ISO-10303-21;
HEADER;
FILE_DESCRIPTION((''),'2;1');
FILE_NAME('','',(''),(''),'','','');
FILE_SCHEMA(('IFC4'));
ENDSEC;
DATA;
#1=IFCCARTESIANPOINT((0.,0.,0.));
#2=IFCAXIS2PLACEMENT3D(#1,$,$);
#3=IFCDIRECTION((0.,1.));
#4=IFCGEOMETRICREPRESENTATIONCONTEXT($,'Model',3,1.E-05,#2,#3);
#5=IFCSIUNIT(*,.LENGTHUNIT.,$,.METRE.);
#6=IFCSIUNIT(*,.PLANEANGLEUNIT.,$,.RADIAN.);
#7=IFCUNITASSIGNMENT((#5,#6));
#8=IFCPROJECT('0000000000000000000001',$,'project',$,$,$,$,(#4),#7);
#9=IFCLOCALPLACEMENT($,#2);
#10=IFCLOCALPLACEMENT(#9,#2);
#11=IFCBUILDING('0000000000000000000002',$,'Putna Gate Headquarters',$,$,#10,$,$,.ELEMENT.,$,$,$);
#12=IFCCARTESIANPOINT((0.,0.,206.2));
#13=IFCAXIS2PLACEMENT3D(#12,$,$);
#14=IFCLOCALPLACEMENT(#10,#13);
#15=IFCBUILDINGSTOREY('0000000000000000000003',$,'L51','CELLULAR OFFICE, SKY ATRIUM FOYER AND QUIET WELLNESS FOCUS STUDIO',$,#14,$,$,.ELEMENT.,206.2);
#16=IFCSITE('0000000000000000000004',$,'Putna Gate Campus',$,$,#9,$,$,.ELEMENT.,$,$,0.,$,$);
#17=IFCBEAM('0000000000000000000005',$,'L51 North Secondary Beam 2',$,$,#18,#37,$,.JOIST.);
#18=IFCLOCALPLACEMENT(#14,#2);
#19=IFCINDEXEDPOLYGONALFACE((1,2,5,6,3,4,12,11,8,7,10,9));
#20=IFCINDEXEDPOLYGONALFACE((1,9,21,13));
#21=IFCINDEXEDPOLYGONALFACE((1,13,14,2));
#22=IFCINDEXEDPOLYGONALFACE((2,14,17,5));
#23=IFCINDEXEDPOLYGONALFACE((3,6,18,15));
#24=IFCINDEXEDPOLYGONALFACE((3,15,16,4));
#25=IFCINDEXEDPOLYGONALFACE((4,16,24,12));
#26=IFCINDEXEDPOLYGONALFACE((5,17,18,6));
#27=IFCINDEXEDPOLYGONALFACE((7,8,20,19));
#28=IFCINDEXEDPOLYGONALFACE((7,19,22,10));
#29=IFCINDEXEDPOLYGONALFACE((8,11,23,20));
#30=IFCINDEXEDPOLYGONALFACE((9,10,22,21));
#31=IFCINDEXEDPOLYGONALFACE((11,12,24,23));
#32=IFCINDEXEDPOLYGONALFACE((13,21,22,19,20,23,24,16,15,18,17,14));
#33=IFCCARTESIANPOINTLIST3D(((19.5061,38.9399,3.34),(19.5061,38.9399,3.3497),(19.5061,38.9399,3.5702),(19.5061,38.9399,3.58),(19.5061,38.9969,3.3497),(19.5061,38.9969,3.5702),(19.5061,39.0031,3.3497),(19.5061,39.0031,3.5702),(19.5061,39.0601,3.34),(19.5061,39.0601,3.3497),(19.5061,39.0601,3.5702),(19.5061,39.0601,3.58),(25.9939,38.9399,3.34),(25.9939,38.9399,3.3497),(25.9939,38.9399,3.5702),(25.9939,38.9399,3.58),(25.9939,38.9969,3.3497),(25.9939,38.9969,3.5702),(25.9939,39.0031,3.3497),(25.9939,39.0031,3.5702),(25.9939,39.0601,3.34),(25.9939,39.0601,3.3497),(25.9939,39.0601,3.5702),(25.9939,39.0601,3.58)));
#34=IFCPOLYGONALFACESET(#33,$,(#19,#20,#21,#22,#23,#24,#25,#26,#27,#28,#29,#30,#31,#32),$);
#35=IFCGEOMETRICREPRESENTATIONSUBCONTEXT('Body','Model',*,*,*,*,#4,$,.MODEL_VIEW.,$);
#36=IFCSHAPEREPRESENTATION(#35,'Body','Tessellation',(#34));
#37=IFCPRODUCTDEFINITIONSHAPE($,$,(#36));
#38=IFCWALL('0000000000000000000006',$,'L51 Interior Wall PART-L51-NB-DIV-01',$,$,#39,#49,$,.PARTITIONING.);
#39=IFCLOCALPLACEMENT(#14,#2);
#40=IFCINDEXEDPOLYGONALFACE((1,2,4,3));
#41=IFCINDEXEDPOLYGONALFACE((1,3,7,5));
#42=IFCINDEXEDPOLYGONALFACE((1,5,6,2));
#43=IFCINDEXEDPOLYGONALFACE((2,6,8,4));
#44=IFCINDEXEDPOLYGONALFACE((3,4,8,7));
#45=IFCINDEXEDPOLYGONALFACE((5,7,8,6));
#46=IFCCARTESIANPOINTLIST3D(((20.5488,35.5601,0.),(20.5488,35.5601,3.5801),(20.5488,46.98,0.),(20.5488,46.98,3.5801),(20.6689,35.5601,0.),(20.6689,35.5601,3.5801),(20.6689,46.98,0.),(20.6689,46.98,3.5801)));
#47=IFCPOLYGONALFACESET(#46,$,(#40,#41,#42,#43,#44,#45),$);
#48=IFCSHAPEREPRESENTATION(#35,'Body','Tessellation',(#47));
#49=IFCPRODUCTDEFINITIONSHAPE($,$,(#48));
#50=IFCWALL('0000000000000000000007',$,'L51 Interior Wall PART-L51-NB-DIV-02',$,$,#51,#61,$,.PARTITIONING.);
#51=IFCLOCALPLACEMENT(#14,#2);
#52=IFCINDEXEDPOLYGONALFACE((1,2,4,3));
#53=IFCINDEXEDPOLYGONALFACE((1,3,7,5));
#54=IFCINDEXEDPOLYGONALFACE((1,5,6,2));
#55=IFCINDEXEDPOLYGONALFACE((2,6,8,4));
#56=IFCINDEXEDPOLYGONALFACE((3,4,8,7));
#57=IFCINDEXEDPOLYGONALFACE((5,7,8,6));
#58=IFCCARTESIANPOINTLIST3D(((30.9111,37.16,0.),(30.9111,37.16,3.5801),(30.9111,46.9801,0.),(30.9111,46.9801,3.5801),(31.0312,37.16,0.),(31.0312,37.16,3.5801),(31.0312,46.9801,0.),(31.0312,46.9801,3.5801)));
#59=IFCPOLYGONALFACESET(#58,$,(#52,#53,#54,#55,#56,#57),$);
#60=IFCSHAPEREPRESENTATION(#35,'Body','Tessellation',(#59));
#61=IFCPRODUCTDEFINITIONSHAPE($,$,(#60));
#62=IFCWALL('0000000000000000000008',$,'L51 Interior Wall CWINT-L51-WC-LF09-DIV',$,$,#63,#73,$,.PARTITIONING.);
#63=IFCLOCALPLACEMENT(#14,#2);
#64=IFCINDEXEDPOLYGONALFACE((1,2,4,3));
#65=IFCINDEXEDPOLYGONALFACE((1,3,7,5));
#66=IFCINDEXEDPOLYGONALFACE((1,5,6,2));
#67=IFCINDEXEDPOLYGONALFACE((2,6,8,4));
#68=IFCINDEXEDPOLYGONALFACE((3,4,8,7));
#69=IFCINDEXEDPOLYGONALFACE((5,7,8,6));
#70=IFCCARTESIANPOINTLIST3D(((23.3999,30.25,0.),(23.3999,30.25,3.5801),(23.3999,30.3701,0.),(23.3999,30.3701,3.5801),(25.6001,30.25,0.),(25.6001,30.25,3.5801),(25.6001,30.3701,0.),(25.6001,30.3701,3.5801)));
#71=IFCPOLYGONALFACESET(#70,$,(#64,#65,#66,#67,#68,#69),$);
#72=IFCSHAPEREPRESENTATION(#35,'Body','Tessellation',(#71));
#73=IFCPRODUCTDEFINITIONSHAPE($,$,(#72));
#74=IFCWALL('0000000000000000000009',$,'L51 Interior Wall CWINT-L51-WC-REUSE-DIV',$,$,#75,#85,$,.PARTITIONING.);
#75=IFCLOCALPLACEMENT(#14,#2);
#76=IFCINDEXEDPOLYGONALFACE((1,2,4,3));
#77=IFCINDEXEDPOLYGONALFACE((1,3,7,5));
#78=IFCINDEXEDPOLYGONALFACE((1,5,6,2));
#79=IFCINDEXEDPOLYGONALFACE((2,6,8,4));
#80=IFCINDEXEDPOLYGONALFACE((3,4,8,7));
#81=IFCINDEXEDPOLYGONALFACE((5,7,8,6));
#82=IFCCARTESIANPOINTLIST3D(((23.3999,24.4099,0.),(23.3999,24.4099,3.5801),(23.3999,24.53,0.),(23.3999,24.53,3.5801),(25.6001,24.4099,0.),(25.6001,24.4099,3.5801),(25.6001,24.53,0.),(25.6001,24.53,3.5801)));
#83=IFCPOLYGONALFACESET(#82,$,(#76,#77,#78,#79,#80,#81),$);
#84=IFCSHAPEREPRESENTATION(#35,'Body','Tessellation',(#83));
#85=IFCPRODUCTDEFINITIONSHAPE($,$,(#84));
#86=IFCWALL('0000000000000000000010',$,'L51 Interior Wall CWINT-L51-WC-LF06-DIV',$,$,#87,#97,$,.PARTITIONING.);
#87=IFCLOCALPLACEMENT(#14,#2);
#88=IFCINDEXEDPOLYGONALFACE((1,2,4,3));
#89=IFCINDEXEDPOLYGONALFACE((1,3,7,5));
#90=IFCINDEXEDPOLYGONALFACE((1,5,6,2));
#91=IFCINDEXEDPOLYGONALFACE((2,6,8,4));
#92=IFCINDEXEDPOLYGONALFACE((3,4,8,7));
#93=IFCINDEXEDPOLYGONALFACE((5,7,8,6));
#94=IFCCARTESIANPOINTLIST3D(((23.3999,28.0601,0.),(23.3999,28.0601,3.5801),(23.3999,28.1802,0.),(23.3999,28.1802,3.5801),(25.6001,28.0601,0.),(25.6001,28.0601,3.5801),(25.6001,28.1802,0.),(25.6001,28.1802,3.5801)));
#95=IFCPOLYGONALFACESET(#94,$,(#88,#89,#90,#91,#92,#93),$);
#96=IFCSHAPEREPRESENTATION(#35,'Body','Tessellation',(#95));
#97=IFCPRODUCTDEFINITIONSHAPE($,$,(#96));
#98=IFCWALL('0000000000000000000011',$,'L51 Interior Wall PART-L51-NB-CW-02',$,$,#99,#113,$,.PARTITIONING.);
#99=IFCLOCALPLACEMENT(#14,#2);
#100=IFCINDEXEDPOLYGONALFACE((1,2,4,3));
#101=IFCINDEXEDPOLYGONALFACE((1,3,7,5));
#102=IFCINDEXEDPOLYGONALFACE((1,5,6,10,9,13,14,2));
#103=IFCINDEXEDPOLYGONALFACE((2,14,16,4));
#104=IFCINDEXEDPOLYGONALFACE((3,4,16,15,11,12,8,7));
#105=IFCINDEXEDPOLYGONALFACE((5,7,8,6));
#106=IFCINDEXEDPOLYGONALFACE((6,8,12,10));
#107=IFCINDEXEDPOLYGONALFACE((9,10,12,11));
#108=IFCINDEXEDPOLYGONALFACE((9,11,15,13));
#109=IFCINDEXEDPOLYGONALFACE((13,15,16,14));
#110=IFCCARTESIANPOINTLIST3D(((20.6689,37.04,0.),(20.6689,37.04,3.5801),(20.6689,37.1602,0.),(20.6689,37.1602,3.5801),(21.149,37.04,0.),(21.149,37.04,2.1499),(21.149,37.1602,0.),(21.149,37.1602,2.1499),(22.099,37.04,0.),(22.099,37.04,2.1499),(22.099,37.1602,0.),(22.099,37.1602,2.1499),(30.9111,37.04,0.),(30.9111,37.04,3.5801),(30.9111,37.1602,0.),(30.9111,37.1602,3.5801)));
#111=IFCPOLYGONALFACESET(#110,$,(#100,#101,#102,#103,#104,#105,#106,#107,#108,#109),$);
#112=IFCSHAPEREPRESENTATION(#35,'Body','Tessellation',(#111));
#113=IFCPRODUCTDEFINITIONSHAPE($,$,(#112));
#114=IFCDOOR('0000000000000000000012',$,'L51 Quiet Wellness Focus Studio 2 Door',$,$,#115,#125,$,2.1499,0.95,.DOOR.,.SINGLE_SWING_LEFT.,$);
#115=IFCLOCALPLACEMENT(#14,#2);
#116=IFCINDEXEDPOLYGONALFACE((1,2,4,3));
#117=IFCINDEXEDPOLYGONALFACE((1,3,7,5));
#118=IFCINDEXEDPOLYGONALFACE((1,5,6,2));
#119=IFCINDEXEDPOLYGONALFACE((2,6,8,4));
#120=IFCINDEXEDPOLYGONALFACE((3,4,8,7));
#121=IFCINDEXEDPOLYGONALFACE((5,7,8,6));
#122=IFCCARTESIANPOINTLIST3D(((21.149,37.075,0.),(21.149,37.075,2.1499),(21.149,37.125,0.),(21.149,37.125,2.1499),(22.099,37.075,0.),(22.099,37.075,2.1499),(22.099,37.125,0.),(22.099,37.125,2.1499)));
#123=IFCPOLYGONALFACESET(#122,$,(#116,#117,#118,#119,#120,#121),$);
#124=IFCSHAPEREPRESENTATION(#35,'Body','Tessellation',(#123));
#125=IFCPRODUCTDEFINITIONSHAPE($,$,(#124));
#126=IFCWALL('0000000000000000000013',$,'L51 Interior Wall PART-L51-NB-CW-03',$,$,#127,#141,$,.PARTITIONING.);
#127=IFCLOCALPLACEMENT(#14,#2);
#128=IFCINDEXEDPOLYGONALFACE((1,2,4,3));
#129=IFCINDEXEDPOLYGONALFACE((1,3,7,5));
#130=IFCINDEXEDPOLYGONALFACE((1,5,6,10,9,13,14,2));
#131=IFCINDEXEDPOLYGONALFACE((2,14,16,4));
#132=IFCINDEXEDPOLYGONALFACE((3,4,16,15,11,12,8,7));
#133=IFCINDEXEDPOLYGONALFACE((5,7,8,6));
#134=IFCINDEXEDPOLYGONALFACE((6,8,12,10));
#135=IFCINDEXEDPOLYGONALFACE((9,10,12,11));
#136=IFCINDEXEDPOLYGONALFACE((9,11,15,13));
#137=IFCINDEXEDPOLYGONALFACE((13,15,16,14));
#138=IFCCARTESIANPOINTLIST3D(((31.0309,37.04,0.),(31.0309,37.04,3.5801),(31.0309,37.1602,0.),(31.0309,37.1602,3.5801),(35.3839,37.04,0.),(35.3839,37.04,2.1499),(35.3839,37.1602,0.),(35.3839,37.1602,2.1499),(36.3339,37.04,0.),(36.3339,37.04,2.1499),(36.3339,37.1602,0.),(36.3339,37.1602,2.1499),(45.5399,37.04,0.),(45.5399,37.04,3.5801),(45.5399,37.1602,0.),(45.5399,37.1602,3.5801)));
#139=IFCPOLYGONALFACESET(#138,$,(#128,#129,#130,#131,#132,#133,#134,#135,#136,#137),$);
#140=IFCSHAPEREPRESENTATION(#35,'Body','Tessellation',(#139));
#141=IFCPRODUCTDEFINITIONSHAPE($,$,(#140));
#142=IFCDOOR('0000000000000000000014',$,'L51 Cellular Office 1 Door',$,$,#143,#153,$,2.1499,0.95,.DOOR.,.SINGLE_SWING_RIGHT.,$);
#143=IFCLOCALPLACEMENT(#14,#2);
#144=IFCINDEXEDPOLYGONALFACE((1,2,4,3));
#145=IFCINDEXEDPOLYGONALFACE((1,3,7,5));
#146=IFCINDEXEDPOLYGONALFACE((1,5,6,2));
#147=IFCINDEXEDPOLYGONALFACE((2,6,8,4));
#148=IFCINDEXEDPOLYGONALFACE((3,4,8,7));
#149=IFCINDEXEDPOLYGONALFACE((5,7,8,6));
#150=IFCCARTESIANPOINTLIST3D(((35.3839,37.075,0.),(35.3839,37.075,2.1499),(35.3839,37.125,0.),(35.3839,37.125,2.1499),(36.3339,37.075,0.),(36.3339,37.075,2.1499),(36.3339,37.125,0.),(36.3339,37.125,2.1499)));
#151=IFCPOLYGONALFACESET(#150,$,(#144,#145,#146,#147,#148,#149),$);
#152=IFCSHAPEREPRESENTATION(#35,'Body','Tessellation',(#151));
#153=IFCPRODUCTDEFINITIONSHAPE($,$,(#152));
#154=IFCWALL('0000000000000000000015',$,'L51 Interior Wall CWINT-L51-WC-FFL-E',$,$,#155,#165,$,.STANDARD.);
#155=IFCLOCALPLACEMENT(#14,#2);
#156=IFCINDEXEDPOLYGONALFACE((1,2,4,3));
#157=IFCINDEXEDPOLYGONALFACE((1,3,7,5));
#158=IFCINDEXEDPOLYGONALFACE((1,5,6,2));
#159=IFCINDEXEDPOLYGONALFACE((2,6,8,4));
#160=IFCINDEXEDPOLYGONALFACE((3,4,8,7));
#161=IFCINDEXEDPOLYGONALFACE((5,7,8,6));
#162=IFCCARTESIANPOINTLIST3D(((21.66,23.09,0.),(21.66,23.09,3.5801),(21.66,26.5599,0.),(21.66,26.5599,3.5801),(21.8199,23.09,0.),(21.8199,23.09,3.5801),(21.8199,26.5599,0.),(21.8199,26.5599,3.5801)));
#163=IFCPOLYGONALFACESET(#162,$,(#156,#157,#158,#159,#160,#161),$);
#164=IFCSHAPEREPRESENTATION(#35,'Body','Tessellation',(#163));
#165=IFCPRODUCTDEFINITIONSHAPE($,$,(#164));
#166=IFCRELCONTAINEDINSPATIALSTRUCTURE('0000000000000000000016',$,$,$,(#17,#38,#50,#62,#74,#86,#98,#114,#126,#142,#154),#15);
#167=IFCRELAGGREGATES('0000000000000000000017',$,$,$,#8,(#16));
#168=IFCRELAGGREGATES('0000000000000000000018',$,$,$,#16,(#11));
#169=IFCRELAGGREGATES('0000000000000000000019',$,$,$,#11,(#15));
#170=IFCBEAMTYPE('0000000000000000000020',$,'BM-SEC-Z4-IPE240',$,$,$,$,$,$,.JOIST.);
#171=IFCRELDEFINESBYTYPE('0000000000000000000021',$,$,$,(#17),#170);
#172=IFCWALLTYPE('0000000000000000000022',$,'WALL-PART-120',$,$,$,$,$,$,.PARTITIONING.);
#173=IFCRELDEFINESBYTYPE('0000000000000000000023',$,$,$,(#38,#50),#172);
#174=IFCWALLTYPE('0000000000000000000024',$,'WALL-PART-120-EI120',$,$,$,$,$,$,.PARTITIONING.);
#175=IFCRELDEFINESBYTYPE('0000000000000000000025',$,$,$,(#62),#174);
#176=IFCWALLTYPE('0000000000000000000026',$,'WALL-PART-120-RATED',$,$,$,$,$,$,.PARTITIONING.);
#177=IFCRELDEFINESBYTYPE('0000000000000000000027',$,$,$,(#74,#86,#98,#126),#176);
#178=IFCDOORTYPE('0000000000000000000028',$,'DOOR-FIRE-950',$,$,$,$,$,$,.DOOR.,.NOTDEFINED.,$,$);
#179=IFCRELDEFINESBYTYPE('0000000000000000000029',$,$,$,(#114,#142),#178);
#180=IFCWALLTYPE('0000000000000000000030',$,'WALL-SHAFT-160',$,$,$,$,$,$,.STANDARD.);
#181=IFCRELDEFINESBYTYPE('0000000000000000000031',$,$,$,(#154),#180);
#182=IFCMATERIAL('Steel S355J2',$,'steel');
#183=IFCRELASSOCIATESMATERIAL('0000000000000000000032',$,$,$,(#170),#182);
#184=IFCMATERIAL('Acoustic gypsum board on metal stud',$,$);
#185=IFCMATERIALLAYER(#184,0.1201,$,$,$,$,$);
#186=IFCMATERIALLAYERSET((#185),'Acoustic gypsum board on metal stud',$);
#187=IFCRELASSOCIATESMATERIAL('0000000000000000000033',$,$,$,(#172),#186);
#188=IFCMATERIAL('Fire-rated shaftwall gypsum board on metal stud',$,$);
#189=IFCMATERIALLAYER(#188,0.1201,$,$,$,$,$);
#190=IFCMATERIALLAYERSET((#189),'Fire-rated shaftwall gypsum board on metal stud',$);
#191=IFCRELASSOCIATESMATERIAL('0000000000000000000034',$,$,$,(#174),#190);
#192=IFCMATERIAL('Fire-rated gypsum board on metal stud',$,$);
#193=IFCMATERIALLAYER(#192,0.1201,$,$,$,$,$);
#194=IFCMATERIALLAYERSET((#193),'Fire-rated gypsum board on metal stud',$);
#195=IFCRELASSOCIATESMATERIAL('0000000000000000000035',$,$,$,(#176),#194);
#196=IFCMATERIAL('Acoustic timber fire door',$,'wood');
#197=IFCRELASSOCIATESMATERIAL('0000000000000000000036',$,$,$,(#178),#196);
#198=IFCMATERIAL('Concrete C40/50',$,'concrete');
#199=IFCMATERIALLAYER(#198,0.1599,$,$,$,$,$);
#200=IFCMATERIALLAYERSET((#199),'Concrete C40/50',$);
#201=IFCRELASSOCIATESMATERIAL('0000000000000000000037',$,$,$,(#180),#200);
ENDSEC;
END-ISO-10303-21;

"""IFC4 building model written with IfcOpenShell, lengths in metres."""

from ifc_helpers import new_model, si_unit, direction, frame, frame_2d, origin, origin_2d, place, context, subcontext, project, spatial, rectangle, i_section, extrude, material, layer, layer_set, material_profile, profile_set, type_object, element, fill, save


model = new_model("IFC4")

# Units and contexts
model_context = context("Model", 3, precision=1e-05, world=origin(), true_north=direction((0.0, 1.0)))
body_context = subcontext(model_context, "Body", "Model", "MODEL_VIEW")
ifc_project = project(units=[si_unit("LENGTHUNIT", "METRE"), si_unit("PLANEANGLEUNIT", "RADIAN")], contexts=[model_context])

# Site, building, storey
site_placement = place(None, origin())
site = spatial("IfcSite", under=ifc_project, at=site_placement, Name="Putna Gate Campus", CompositionType="ELEMENT", RefElevation=0.0)
building_placement = place(site_placement, origin())
building = spatial("IfcBuilding", under=site, at=building_placement, Name="Putna Gate Headquarters", CompositionType="ELEMENT")
storey_placement = place(building_placement, frame((0.0, 0.0, 206.2)))
storey = spatial("IfcBuildingStorey", under=building, at=storey_placement, Name="L51", Description="CELLULAR OFFICE, SKY ATRIUM FOYER AND QUIET WELLNESS FOCUS STUDIO", CompositionType="ELEMENT", Elevation=206.2)

# Beam
ifc_material_1 = material(Name="Steel S355J2", Category="steel")
ifc_material_profile_1 = material_profile(ifc_material_1, i_section(OverallWidth=0.1201, OverallDepth=0.24, WebThickness=0.0061, FlangeThickness=0.0098, at=origin_2d()), Name="Steel S355J2")
ifc_profile_set_1 = profile_set([ifc_material_profile_1], Name="Steel S355J2")
beam_type_1 = type_object("IfcBeamType", Name="BM-SEC-Z4-IPE240", PredefinedType="JOIST", material=ifc_profile_set_1)
beam_1_placement = place(storey_placement, frame((19.5061, 39.0, 3.46), z_axis=(1.0, 0.0, 0.0), x_axis=(0.0, 1.0, 0.0)))
element("IfcBeam", 1, at=beam_1_placement, inside=storey, type_object=beam_type_1, Name="L51 North Secondary Beam 2", PredefinedType="JOIST", context=body_context, shape_type="SweptSolid", body=[
    extrude(i_section(OverallWidth=0.1201, OverallDepth=0.24, WebThickness=0.0061, FlangeThickness=0.0098, at=origin_2d()), origin(), (0.0, 0.0, 1.0), 6.4878),
])

# Walls
ifc_material_2 = material(Name="Acoustic gypsum board on metal stud")
ifc_layer_1 = layer(ifc_material_2, 0.1201)
ifc_layer_set_1 = layer_set([ifc_layer_1], Name="Acoustic gypsum board on metal stud")
wall_type_1 = type_object("IfcWallType", Name="WALL-PART-120", PredefinedType="PARTITIONING", material=ifc_layer_set_1)
wall_1_placement = place(storey_placement, frame((20.6089, 35.5601, 0.0), z_axis=(0.0, 0.0, 1.0), x_axis=(0.0, 1.0, 0.0)))
element("IfcWall", 2, at=wall_1_placement, inside=storey, type_object=wall_type_1, Name="L51 Interior Wall PART-L51-NB-DIV-01", PredefinedType="PARTITIONING", context=body_context, shape_type="SweptSolid", body=[
    extrude(rectangle(XDim=11.4199, YDim=0.1201, at=frame_2d((5.71, 0.0))), origin(), (0.0, 0.0, 1.0), 3.5801),
])
wall_2_placement = place(storey_placement, frame((30.9712, 37.1599, 0.0), z_axis=(0.0, 0.0, 1.0), x_axis=(0.0, 1.0, 0.0)))
element("IfcWall", 3, at=wall_2_placement, inside=storey, type_object=wall_type_1, Name="L51 Interior Wall PART-L51-NB-DIV-02", PredefinedType="PARTITIONING", context=body_context, shape_type="SweptSolid", body=[
    extrude(rectangle(XDim=9.8201, YDim=0.1201, at=frame_2d((4.9102, 0.0))), origin(), (0.0, 0.0, 1.0), 3.5801),
])
ifc_material_3 = material(Name="Fire-rated shaftwall gypsum board on metal stud")
ifc_layer_2 = layer(ifc_material_3, 0.1201)
ifc_layer_set_2 = layer_set([ifc_layer_2], Name="Fire-rated shaftwall gypsum board on metal stud")
wall_type_2 = type_object("IfcWallType", Name="WALL-PART-120-EI120", PredefinedType="PARTITIONING", material=ifc_layer_set_2)
wall_3_placement = place(storey_placement, frame((23.3999, 30.3101, 0.0), z_axis=(0.0, 0.0, 1.0), x_axis=(1.0, 0.0, 0.0)))
element("IfcWall", 4, at=wall_3_placement, inside=storey, type_object=wall_type_2, Name="L51 Interior Wall CWINT-L51-WC-LF09-DIV", PredefinedType="PARTITIONING", context=body_context, shape_type="SweptSolid", body=[
    extrude(rectangle(XDim=2.2002, YDim=0.1201, at=frame_2d((1.1001, 0.0))), origin(), (0.0, 0.0, 1.0), 3.5801),
])
ifc_material_4 = material(Name="Fire-rated gypsum board on metal stud")
ifc_layer_3 = layer(ifc_material_4, 0.1201)
ifc_layer_set_3 = layer_set([ifc_layer_3], Name="Fire-rated gypsum board on metal stud")
wall_type_3 = type_object("IfcWallType", Name="WALL-PART-120-RATED", PredefinedType="PARTITIONING", material=ifc_layer_set_3)
for number, where, z_axis, x_axis, name in (
    (5, (23.3999, 24.47, 0.0), (0.0, 0.0, 1.0), (1.0, 0.0, 0.0), "L51 Interior Wall CWINT-L51-WC-REUSE-DIV"),
    (6, (23.3999, 28.1201, 0.0), (0.0, 0.0, 1.0), (1.0, 0.0, 0.0), "L51 Interior Wall CWINT-L51-WC-LF06-DIV"),
):
    element("IfcWall", number, at=place(storey_placement, frame(where, z_axis=z_axis, x_axis=x_axis)), inside=storey, type_object=wall_type_3, Name=name, PredefinedType="PARTITIONING", context=body_context, shape_type="SweptSolid", body=[
        extrude(rectangle(XDim=2.2002, YDim=0.1201, at=frame_2d((1.1001, 0.0))), origin(), (0.0, 0.0, 1.0), 3.5801),
    ])

# Walls, openings, doors
wall_4_placement = place(storey_placement, frame((20.6689, 37.1001, 0.0), z_axis=(0.0, 0.0, 1.0), x_axis=(1.0, 0.0, 0.0)))
wall_4 = element("IfcWall", 7, at=wall_4_placement, inside=storey, type_object=wall_type_3, Name="L51 Interior Wall PART-L51-NB-CW-02", PredefinedType="PARTITIONING", context=body_context, shape_type="SweptSolid", body=[
    extrude(rectangle(XDim=10.2422, YDim=0.1201, at=frame_2d((5.1211, 0.0))), origin(), (0.0, 0.0, 1.0), 3.5801),
])
opening_1_placement = place(wall_4_placement, frame((0.48, 0.0, 0.0)))
opening_1 = element("IfcOpeningElement", 8, at=opening_1_placement, cuts=wall_4, PredefinedType="OPENING", context=body_context, shape_type="SweptSolid", body=[
    extrude(rectangle(XDim=0.95, YDim=2.1499, at=frame_2d((0.4751, 1.075))), frame((0.0, 0.0701, 0.0), z_axis=(0.0, -1.0, 0.0), x_axis=(1.0, 0.0, 0.0)), (0.0, 0.0, 1.0), 0.1401),
])
ifc_material_5 = material(Name="Acoustic timber fire door", Category="wood")
door_type_1 = type_object("IfcDoorType", Name="DOOR-FIRE-950", OperationType="NOTDEFINED", PredefinedType="DOOR", material=ifc_material_5)
door_1_placement = place(opening_1_placement, origin())
door_1 = element("IfcDoor", 9, at=door_1_placement, inside=storey, type_object=door_type_1, Name="L51 Quiet Wellness Focus Studio 2 Door", OperationType="SINGLE_SWING_LEFT", OverallHeight=2.1499, OverallWidth=0.95, PredefinedType="DOOR", context=body_context, shape_type="SweptSolid", body=[
    extrude(rectangle(XDim=0.95, YDim=2.1499, at=frame_2d((0.4751, 1.075))), frame((0.0, 0.0249, 0.0), z_axis=(0.0, -1.0, 0.0), x_axis=(1.0, 0.0, 0.0)), (0.0, 0.0, 1.0), 0.05),
])
fill(opening_1, door_1)
wall_5_placement = place(storey_placement, frame((31.031, 37.1001, 0.0), z_axis=(0.0, 0.0, 1.0), x_axis=(1.0, 0.0, 0.0)))
wall_5 = element("IfcWall", 10, at=wall_5_placement, inside=storey, type_object=wall_type_3, Name="L51 Interior Wall PART-L51-NB-CW-03", PredefinedType="PARTITIONING", context=body_context, shape_type="SweptSolid", body=[
    extrude(rectangle(XDim=14.509, YDim=0.1201, at=frame_2d((7.2544, 0.0))), origin(), (0.0, 0.0, 1.0), 3.5801),
])
opening_2_placement = place(wall_5_placement, frame((4.3528, 0.0, 0.0)))
opening_2 = element("IfcOpeningElement", 11, at=opening_2_placement, cuts=wall_5, PredefinedType="OPENING", context=body_context, shape_type="SweptSolid", body=[
    extrude(rectangle(XDim=0.95, YDim=2.1499, at=frame_2d((0.4751, 1.075))), frame((0.0, 0.0701, 0.0), z_axis=(0.0, -1.0, 0.0), x_axis=(1.0, 0.0, 0.0)), (0.0, 0.0, 1.0), 0.1401),
])
door_2_placement = place(opening_2_placement, origin())
door_2 = element("IfcDoor", 12, at=door_2_placement, inside=storey, type_object=door_type_1, Name="L51 Cellular Office 1 Door", OperationType="SINGLE_SWING_RIGHT", OverallHeight=2.1499, OverallWidth=0.95, PredefinedType="DOOR", context=body_context, shape_type="SweptSolid", body=[
    extrude(rectangle(XDim=0.95, YDim=2.1499, at=frame_2d((0.4751, 1.075))), frame((0.0, 0.0249, 0.0), z_axis=(0.0, -1.0, 0.0), x_axis=(1.0, 0.0, 0.0)), (0.0, 0.0, 1.0), 0.05),
])
fill(opening_2, door_2)

# Wall
ifc_material_6 = material(Name="Concrete C40/50", Category="concrete")
ifc_layer_4 = layer(ifc_material_6, 0.1599)
ifc_layer_set_4 = layer_set([ifc_layer_4], Name="Concrete C40/50")
wall_type_4 = type_object("IfcWallType", Name="WALL-SHAFT-160", PredefinedType="STANDARD", material=ifc_layer_set_4)
wall_6_placement = place(storey_placement, frame((21.74, 23.0901, 0.0), z_axis=(0.0, 0.0, 1.0), x_axis=(0.0, 1.0, 0.0)))
element("IfcWall", 13, at=wall_6_placement, inside=storey, type_object=wall_type_4, Name="L51 Interior Wall CWINT-L51-WC-FFL-E", PredefinedType="STANDARD", context=body_context, shape_type="SweptSolid", body=[
    extrude(rectangle(XDim=3.47, YDim=0.1599, at=frame_2d((1.7349, 0.0))), origin(), (0.0, 0.0, 1.0), 3.5801),
])

save(model, "model.ifc")
